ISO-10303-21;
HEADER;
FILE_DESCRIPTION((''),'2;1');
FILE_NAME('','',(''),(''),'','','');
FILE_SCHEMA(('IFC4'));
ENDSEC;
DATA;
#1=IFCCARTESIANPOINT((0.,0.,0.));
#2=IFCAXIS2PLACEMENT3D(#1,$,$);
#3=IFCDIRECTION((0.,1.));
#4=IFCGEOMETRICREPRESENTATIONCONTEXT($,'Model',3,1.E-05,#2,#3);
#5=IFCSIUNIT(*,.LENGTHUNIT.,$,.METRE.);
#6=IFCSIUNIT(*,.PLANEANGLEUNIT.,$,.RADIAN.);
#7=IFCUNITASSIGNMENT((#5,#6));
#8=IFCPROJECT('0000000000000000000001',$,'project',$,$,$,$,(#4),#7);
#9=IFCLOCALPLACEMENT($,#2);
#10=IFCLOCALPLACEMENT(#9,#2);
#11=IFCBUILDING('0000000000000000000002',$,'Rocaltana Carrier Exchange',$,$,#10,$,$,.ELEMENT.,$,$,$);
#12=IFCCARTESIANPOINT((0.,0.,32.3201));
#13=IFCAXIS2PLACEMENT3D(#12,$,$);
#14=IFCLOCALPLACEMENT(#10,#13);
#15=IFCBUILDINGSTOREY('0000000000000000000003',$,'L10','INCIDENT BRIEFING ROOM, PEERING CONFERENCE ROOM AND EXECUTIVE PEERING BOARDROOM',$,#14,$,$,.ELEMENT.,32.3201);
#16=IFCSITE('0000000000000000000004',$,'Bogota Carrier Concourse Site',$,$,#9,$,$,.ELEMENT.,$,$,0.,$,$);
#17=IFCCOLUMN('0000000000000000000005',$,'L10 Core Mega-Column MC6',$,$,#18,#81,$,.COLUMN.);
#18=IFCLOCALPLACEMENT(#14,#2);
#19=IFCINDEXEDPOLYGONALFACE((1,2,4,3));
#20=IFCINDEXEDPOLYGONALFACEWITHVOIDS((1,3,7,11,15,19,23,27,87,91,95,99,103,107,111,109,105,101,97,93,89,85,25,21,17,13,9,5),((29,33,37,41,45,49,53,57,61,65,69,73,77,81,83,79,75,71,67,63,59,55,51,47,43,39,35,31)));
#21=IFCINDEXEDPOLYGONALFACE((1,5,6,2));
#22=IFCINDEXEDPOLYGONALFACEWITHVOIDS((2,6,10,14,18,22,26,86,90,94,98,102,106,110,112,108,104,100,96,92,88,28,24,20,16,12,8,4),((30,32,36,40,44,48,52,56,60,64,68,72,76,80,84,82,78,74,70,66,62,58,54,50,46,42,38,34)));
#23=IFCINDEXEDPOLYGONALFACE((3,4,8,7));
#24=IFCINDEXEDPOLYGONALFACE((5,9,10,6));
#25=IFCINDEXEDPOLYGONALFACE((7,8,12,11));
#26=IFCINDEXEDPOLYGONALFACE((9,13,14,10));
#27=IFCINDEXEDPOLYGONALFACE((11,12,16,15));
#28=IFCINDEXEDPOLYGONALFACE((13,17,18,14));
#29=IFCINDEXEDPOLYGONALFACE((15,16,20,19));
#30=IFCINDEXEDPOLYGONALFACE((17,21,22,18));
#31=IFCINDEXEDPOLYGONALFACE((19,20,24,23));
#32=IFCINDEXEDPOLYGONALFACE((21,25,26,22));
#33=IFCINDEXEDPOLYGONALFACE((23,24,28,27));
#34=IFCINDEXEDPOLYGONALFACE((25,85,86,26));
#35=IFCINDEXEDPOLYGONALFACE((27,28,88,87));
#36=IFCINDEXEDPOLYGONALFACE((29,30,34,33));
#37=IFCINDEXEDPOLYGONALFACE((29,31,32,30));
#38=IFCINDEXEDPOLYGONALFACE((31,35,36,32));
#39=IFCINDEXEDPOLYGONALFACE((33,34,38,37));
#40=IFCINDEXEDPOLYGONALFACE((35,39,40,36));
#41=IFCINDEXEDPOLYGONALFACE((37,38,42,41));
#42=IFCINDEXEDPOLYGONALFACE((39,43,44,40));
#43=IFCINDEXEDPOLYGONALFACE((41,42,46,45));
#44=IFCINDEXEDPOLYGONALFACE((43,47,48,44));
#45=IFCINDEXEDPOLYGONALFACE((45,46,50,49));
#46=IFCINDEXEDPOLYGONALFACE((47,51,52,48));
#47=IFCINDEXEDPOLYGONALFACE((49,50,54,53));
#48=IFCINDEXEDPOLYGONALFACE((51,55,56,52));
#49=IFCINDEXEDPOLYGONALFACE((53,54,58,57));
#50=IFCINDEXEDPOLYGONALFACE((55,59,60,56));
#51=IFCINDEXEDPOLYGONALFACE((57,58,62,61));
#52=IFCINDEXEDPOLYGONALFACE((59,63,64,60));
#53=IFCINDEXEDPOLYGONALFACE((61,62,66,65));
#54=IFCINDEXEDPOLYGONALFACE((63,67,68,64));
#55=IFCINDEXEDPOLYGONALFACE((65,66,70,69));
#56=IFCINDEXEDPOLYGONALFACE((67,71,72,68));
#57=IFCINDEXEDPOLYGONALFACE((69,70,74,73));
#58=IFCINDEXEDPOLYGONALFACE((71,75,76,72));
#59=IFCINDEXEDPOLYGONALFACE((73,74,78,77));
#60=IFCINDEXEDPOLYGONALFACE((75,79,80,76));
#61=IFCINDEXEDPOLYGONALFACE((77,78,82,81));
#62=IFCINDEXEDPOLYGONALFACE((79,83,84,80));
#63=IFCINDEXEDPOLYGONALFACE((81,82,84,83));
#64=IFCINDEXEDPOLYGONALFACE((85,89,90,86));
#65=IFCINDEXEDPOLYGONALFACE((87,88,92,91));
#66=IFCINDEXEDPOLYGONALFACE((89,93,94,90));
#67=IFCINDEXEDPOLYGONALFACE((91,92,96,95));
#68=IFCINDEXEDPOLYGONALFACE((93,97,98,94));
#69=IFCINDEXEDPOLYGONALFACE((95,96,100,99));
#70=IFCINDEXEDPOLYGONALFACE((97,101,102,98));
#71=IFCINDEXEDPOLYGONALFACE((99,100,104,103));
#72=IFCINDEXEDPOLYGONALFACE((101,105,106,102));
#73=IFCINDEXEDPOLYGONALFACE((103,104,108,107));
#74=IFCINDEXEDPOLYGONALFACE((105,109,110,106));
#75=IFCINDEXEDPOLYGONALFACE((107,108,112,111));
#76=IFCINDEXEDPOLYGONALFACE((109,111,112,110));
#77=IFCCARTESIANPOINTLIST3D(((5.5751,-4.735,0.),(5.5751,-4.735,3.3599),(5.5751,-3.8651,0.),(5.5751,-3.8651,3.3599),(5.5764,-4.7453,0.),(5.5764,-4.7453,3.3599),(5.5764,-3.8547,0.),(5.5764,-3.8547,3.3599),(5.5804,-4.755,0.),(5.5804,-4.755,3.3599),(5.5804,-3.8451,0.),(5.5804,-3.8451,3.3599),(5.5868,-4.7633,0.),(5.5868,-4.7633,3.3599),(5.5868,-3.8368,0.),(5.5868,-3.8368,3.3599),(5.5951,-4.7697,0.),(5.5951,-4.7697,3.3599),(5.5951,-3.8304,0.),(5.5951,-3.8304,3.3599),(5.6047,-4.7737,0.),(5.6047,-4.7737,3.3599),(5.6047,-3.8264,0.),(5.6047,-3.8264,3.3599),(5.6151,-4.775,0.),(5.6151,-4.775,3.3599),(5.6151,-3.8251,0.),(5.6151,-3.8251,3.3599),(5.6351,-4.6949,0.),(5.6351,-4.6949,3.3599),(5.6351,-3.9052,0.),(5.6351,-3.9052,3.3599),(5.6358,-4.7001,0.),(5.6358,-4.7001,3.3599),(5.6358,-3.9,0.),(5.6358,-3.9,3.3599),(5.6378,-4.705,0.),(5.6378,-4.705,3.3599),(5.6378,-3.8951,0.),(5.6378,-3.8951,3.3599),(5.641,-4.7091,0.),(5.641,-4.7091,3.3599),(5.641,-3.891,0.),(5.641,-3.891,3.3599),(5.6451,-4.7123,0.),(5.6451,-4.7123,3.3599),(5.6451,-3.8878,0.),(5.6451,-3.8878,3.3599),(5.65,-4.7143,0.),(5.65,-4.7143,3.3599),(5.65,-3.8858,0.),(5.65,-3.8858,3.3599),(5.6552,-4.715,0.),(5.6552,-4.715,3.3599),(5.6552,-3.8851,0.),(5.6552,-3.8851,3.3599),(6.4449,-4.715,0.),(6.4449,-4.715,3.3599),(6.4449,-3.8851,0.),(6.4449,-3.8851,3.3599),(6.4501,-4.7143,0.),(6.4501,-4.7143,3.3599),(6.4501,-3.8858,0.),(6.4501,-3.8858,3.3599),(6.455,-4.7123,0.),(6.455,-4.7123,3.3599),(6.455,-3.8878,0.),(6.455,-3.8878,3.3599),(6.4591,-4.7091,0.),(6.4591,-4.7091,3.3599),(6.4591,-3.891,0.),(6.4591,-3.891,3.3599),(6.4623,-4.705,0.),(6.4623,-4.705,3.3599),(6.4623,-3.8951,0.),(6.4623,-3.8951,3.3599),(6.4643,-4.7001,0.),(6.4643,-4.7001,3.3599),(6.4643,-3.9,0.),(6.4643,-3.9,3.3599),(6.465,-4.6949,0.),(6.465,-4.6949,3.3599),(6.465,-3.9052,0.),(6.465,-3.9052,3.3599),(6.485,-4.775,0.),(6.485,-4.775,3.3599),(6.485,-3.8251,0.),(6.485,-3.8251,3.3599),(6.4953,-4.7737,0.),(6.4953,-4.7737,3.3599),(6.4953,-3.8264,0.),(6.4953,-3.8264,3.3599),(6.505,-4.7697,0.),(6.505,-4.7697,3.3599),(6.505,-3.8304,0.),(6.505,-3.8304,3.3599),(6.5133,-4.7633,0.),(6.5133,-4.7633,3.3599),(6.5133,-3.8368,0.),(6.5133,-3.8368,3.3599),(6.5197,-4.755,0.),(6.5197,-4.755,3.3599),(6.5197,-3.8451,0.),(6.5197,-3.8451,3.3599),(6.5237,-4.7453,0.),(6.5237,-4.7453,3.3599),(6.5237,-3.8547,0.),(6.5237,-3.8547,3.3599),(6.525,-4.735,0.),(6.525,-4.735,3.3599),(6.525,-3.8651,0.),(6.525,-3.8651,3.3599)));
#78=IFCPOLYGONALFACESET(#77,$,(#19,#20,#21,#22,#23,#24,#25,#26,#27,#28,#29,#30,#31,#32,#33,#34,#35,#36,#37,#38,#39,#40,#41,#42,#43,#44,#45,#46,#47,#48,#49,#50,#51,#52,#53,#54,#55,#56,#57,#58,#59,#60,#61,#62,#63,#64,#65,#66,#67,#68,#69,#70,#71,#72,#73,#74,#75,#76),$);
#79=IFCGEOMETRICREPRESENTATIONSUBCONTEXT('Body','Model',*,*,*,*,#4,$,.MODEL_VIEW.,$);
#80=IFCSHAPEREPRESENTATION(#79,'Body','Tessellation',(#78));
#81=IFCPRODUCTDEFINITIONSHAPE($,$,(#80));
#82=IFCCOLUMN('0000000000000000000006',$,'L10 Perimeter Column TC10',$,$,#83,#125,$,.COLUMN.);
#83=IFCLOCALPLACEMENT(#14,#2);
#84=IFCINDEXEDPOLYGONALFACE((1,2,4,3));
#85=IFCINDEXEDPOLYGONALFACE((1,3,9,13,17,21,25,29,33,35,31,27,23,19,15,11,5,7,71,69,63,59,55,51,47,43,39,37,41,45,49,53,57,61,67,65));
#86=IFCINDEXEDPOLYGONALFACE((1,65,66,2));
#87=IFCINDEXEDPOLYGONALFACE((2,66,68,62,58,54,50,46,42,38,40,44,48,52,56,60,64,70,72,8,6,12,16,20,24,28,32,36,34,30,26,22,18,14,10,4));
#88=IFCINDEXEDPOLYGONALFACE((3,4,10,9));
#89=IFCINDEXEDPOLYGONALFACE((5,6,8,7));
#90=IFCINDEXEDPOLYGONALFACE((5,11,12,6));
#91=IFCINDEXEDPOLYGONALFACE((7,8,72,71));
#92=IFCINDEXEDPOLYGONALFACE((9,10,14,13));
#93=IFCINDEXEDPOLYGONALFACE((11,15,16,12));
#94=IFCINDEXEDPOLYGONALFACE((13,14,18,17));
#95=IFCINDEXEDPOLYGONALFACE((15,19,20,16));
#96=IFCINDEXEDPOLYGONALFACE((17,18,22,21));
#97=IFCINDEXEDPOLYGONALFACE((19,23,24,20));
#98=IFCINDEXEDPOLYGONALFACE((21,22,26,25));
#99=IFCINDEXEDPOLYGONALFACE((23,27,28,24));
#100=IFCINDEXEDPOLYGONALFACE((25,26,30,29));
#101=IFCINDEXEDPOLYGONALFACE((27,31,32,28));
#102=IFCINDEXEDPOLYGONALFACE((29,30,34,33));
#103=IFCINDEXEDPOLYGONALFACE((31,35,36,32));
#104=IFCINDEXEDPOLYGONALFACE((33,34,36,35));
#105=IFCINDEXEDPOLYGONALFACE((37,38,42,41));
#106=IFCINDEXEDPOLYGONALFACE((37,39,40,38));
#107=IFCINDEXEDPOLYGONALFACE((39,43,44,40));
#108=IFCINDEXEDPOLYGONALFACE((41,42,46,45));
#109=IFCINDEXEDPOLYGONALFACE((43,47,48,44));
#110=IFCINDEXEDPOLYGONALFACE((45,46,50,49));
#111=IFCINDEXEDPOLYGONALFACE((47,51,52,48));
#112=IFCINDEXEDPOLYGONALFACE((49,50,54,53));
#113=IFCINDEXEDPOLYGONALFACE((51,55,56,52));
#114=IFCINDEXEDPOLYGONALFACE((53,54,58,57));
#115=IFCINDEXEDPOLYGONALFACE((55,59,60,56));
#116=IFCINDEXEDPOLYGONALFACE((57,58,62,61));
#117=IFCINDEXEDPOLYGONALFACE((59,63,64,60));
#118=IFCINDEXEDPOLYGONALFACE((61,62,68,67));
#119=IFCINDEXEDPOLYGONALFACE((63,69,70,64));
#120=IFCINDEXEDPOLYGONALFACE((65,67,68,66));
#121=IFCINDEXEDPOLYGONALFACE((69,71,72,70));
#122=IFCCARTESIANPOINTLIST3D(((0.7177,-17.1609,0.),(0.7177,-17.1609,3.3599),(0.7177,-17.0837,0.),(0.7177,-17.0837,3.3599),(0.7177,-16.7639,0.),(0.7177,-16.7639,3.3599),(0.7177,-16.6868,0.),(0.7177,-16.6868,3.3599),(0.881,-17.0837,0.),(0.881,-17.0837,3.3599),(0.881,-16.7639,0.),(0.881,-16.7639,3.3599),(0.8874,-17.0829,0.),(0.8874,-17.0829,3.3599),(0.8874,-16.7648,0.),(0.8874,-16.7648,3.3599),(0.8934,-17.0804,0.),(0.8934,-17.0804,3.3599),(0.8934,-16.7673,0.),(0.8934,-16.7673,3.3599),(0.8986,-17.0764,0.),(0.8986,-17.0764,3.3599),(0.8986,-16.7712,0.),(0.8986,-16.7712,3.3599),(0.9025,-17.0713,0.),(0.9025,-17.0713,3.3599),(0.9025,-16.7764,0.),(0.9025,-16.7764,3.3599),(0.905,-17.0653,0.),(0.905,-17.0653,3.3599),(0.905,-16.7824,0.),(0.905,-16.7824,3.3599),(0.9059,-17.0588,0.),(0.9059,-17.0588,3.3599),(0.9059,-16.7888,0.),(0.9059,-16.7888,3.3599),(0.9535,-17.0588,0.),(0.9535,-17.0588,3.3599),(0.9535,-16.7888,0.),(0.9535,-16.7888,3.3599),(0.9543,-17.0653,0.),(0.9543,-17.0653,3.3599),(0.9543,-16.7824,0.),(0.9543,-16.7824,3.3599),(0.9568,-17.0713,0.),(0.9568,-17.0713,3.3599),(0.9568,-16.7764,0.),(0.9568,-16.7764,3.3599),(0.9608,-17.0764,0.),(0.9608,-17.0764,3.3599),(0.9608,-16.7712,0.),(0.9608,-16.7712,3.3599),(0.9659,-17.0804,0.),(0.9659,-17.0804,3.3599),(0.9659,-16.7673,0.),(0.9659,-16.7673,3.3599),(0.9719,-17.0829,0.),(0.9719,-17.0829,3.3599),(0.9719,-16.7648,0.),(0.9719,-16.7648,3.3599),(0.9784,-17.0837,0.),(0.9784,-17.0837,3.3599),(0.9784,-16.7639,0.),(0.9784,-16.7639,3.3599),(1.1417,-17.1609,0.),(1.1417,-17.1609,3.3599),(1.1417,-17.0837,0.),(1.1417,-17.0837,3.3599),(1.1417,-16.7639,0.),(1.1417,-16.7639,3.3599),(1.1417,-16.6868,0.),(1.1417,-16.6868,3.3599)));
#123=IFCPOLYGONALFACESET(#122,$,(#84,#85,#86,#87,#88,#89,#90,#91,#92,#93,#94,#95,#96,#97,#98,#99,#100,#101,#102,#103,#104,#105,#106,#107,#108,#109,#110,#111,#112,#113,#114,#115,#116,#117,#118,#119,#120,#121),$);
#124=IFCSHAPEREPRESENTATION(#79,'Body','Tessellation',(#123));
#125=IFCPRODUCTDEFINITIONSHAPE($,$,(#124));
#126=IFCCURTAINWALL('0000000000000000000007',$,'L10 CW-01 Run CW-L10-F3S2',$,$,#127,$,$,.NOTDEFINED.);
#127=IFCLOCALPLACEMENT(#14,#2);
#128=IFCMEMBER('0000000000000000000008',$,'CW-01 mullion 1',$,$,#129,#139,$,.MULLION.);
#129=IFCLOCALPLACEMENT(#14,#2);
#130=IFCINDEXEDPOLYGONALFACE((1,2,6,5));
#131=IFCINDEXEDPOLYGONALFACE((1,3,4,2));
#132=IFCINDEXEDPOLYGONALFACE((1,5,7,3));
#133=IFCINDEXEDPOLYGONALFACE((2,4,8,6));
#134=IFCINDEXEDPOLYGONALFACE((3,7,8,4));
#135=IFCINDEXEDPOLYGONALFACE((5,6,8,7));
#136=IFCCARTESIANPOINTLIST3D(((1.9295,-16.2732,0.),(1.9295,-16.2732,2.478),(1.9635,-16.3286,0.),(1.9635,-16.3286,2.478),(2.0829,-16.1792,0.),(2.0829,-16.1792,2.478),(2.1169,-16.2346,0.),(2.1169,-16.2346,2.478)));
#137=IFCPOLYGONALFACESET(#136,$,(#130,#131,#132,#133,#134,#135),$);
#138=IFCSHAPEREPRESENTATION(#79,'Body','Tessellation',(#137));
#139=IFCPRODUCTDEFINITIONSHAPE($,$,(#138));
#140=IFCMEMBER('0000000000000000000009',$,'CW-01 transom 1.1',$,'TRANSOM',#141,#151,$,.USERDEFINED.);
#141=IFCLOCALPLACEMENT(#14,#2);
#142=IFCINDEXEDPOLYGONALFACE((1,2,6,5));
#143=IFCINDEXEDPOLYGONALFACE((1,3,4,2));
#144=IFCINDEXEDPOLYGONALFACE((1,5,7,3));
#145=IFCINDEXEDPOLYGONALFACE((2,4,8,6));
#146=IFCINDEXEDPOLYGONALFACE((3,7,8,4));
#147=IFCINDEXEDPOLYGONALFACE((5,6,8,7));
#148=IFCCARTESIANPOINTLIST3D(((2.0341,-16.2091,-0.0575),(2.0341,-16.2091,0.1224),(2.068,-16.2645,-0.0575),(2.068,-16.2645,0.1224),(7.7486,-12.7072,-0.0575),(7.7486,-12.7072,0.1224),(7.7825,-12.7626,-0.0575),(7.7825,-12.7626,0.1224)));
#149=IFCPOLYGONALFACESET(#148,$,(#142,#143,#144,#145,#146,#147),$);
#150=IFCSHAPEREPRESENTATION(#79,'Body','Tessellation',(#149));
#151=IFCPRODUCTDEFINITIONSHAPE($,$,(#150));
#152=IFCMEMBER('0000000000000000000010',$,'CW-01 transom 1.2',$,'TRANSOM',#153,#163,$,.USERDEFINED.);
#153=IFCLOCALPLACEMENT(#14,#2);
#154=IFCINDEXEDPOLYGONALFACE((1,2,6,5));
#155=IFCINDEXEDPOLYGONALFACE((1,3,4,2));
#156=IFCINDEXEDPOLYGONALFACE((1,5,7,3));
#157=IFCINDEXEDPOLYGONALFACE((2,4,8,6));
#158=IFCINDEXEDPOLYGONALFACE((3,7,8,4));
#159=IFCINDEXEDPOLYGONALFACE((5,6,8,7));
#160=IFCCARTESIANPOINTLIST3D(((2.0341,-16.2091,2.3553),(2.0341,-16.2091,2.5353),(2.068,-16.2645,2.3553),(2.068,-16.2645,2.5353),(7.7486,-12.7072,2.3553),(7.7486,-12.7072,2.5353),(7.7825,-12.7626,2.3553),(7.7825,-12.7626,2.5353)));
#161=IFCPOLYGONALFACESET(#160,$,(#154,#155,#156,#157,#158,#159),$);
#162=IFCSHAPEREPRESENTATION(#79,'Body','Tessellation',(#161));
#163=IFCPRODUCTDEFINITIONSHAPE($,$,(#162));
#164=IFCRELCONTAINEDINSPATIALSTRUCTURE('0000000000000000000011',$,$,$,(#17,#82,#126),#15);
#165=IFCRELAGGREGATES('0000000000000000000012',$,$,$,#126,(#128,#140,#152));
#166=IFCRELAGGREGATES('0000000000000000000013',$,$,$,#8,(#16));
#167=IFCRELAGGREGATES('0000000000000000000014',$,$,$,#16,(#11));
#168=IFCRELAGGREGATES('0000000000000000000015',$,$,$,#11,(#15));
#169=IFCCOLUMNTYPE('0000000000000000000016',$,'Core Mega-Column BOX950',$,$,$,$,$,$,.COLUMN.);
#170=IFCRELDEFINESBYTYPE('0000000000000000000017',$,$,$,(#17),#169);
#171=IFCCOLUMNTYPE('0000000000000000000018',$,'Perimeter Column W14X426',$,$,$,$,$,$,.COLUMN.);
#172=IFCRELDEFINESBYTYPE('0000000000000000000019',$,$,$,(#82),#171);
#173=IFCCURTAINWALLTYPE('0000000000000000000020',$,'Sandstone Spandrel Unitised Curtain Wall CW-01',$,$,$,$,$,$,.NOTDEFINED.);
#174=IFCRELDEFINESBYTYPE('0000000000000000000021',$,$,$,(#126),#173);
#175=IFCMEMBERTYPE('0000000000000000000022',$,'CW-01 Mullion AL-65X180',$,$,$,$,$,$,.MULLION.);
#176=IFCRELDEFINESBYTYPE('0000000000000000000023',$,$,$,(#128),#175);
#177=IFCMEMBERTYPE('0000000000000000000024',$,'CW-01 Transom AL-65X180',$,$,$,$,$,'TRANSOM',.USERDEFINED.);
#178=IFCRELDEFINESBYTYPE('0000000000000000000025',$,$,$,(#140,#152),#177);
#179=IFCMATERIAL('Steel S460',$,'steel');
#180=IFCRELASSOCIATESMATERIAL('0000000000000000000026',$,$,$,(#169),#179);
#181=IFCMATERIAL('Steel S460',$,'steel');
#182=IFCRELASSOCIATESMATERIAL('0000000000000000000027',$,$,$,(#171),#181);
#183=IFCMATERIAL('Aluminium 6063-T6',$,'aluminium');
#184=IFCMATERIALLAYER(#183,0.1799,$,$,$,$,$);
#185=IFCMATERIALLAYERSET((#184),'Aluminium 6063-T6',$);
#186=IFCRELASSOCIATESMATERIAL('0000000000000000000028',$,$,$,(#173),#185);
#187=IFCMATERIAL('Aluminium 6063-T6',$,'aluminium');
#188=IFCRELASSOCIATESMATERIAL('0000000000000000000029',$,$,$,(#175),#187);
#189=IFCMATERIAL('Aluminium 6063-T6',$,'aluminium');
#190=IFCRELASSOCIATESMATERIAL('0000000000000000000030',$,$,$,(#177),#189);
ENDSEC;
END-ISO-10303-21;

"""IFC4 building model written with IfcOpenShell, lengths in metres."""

from ifc_helpers import new_model, si_unit, direction, frame, origin, origin_2d, place, context, subcontext, project, spatial, rectangle, hollow_rectangle, i_section, extrude, material, layer, layer_set, material_profile, profile_set, type_object, element, aggregate, save


model = new_model("IFC4")

# Units and contexts
model_context = context("Model", 3, precision=1e-05, world=origin(), true_north=direction((0.0, 1.0)))
body_context = subcontext(model_context, "Body", "Model", "MODEL_VIEW")
ifc_project = project(units=[si_unit("LENGTHUNIT", "METRE"), si_unit("PLANEANGLEUNIT", "RADIAN")], contexts=[model_context])

# Site, building, storey
site_placement = place(None, origin())
site = spatial("IfcSite", under=ifc_project, at=site_placement, Name="Bogota Carrier Concourse Site", CompositionType="ELEMENT", RefElevation=0.0)
building_placement = place(site_placement, origin())
building = spatial("IfcBuilding", under=site, at=building_placement, Name="Rocaltana Carrier Exchange", CompositionType="ELEMENT")
storey_placement = place(building_placement, frame((0.0, 0.0, 32.3201)))
storey = spatial("IfcBuildingStorey", under=building, at=storey_placement, Name="L10", Description="INCIDENT BRIEFING ROOM, PEERING CONFERENCE ROOM AND EXECUTIVE PEERING BOARDROOM", CompositionType="ELEMENT", Elevation=32.3201)

# Columns
ifc_material_1 = material(Name="Steel S460", Category="steel")
ifc_material_profile_1 = material_profile(ifc_material_1, hollow_rectangle(XDim=0.95, YDim=0.95, WallThickness=0.0601, InnerFilletRadius=0.02, OuterFilletRadius=0.04, at=origin_2d()), Name="BOX950X950X60")
ifc_profile_set_1 = profile_set([ifc_material_profile_1], Name="Steel S460")
column_type_1 = type_object("IfcColumnType", Name="Core Mega-Column BOX950", PredefinedType="COLUMN", material=ifc_profile_set_1)
column_1_placement = place(storey_placement, frame((6.05, -4.3, 0.0), z_axis=(0.0, 0.0, 1.0), x_axis=(1.0, 0.0, 0.0)))
element("IfcColumn", 1, at=column_1_placement, inside=storey, type_object=column_type_1, Name="L10 Core Mega-Column MC6", PredefinedType="COLUMN", context=body_context, shape_type="SweptSolid", body=[
    extrude(hollow_rectangle(XDim=0.95, YDim=0.95, WallThickness=0.0601, InnerFilletRadius=0.02, OuterFilletRadius=0.04, at=origin_2d()), origin(), (0.0, 0.0, 1.0), 3.3599),
])
ifc_material_2 = material(Name="Steel S460", Category="steel")
ifc_material_profile_2 = material_profile(ifc_material_2, i_section(OverallWidth=0.4241, OverallDepth=0.4741, WebThickness=0.0476, FlangeThickness=0.0771, FilletRadius=0.0249, at=origin_2d()), Name="W14X426")
ifc_profile_set_2 = profile_set([ifc_material_profile_2], Name="Steel S460")
column_type_2 = type_object("IfcColumnType", Name="Perimeter Column W14X426", PredefinedType="COLUMN", material=ifc_profile_set_2)
column_2_placement = place(storey_placement, frame((0.9297, -16.9238, 0.0), z_axis=(0.0, 0.0, 1.0), x_axis=(1.0, 0.0, 0.0)))
element("IfcColumn", 2, at=column_2_placement, inside=storey, type_object=column_type_2, Name="L10 Perimeter Column TC10", PredefinedType="COLUMN", context=body_context, shape_type="SweptSolid", body=[
    extrude(i_section(OverallWidth=0.4241, OverallDepth=0.4741, WebThickness=0.0476, FlangeThickness=0.0771, FilletRadius=0.0249, at=origin_2d()), origin(), (0.0, 0.0, 1.0), 3.3599),
])

# Curtain wall, members
ifc_material_3 = material(Name="Aluminium 6063-T6", Category="aluminium")
ifc_layer_1 = layer(ifc_material_3, 0.1799)
ifc_layer_set_1 = layer_set([ifc_layer_1], Name="Aluminium 6063-T6")
curtain_wall_type = type_object("IfcCurtainWallType", Name="Sandstone Spandrel Unitised Curtain Wall CW-01", PredefinedType="NOTDEFINED", material=ifc_layer_set_1)
curtain_wall_placement = place(storey_placement, origin())
curtain_wall = element("IfcCurtainWall", 3, at=curtain_wall_placement, inside=storey, type_object=curtain_wall_type, Name="L10 CW-01 Run CW-L10-F3S2", PredefinedType="NOTDEFINED")
ifc_material_4 = material(Name="Aluminium 6063-T6", Category="aluminium")
ifc_material_profile_3 = material_profile(ifc_material_4, rectangle(XDim=0.0649, YDim=0.1799, at=origin_2d()), Name="AL-65X180")
ifc_profile_set_3 = profile_set([ifc_material_profile_3], Name="Aluminium 6063-T6")
member_type_1 = type_object("IfcMemberType", Name="CW-01 Mullion AL-65X180", PredefinedType="MULLION", material=ifc_profile_set_3)
member_1_placement = place(storey_placement, frame((2.0232, -16.2539, 0.0), z_axis=(0.0, 0.0, 1.0), x_axis=(-0.5225, 0.852639, 0.0)))
member_1 = element("IfcMember", 4, at=member_1_placement, type_object=member_type_1, Name="CW-01 mullion 1", PredefinedType="MULLION", context=body_context, shape_type="SweptSolid", body=[
    extrude(rectangle(XDim=0.0649, YDim=0.1799, at=origin_2d()), origin(), (0.0, 0.0, 1.0), 2.478),
])
ifc_material_5 = material(Name="Aluminium 6063-T6", Category="aluminium")
ifc_material_profile_4 = material_profile(ifc_material_5, rectangle(XDim=0.0649, YDim=0.1799, at=origin_2d()), Name="AL-65X180")
ifc_profile_set_4 = profile_set([ifc_material_profile_4], Name="Aluminium 6063-T6")
member_type_2 = type_object("IfcMemberType", Name="CW-01 Transom AL-65X180", ElementType="TRANSOM", PredefinedType="USERDEFINED", material=ifc_profile_set_4)
member_2_placement = place(storey_placement, frame((2.051, -16.2368, 0.0325), z_axis=(0.852637, 0.522503, 0.0), x_axis=(-0.522503, 0.852637, 0.0)))
member_2 = element("IfcMember", 5, at=member_2_placement, type_object=member_type_2, Name="CW-01 transom 1.1", ObjectType="TRANSOM", PredefinedType="USERDEFINED", context=body_context, shape_type="SweptSolid", body=[
    extrude(rectangle(XDim=0.0649, YDim=0.1799, at=origin_2d()), origin(), (0.0, 0.0, 1.0), 6.7021),
])
member_3_placement = place(storey_placement, frame((2.051, -16.2368, 2.4453), z_axis=(0.852637, 0.522503, 0.0), x_axis=(-0.522503, 0.852637, 0.0)))
member_3 = element("IfcMember", 6, at=member_3_placement, type_object=member_type_2, Name="CW-01 transom 1.2", ObjectType="TRANSOM", PredefinedType="USERDEFINED", context=body_context, shape_type="SweptSolid", body=[
    extrude(rectangle(XDim=0.0649, YDim=0.1799, at=origin_2d()), origin(), (0.0, 0.0, 1.0), 6.7021),
])

aggregate(curtain_wall, [member_1, member_2, member_3])

save(model, "model.ifc")
